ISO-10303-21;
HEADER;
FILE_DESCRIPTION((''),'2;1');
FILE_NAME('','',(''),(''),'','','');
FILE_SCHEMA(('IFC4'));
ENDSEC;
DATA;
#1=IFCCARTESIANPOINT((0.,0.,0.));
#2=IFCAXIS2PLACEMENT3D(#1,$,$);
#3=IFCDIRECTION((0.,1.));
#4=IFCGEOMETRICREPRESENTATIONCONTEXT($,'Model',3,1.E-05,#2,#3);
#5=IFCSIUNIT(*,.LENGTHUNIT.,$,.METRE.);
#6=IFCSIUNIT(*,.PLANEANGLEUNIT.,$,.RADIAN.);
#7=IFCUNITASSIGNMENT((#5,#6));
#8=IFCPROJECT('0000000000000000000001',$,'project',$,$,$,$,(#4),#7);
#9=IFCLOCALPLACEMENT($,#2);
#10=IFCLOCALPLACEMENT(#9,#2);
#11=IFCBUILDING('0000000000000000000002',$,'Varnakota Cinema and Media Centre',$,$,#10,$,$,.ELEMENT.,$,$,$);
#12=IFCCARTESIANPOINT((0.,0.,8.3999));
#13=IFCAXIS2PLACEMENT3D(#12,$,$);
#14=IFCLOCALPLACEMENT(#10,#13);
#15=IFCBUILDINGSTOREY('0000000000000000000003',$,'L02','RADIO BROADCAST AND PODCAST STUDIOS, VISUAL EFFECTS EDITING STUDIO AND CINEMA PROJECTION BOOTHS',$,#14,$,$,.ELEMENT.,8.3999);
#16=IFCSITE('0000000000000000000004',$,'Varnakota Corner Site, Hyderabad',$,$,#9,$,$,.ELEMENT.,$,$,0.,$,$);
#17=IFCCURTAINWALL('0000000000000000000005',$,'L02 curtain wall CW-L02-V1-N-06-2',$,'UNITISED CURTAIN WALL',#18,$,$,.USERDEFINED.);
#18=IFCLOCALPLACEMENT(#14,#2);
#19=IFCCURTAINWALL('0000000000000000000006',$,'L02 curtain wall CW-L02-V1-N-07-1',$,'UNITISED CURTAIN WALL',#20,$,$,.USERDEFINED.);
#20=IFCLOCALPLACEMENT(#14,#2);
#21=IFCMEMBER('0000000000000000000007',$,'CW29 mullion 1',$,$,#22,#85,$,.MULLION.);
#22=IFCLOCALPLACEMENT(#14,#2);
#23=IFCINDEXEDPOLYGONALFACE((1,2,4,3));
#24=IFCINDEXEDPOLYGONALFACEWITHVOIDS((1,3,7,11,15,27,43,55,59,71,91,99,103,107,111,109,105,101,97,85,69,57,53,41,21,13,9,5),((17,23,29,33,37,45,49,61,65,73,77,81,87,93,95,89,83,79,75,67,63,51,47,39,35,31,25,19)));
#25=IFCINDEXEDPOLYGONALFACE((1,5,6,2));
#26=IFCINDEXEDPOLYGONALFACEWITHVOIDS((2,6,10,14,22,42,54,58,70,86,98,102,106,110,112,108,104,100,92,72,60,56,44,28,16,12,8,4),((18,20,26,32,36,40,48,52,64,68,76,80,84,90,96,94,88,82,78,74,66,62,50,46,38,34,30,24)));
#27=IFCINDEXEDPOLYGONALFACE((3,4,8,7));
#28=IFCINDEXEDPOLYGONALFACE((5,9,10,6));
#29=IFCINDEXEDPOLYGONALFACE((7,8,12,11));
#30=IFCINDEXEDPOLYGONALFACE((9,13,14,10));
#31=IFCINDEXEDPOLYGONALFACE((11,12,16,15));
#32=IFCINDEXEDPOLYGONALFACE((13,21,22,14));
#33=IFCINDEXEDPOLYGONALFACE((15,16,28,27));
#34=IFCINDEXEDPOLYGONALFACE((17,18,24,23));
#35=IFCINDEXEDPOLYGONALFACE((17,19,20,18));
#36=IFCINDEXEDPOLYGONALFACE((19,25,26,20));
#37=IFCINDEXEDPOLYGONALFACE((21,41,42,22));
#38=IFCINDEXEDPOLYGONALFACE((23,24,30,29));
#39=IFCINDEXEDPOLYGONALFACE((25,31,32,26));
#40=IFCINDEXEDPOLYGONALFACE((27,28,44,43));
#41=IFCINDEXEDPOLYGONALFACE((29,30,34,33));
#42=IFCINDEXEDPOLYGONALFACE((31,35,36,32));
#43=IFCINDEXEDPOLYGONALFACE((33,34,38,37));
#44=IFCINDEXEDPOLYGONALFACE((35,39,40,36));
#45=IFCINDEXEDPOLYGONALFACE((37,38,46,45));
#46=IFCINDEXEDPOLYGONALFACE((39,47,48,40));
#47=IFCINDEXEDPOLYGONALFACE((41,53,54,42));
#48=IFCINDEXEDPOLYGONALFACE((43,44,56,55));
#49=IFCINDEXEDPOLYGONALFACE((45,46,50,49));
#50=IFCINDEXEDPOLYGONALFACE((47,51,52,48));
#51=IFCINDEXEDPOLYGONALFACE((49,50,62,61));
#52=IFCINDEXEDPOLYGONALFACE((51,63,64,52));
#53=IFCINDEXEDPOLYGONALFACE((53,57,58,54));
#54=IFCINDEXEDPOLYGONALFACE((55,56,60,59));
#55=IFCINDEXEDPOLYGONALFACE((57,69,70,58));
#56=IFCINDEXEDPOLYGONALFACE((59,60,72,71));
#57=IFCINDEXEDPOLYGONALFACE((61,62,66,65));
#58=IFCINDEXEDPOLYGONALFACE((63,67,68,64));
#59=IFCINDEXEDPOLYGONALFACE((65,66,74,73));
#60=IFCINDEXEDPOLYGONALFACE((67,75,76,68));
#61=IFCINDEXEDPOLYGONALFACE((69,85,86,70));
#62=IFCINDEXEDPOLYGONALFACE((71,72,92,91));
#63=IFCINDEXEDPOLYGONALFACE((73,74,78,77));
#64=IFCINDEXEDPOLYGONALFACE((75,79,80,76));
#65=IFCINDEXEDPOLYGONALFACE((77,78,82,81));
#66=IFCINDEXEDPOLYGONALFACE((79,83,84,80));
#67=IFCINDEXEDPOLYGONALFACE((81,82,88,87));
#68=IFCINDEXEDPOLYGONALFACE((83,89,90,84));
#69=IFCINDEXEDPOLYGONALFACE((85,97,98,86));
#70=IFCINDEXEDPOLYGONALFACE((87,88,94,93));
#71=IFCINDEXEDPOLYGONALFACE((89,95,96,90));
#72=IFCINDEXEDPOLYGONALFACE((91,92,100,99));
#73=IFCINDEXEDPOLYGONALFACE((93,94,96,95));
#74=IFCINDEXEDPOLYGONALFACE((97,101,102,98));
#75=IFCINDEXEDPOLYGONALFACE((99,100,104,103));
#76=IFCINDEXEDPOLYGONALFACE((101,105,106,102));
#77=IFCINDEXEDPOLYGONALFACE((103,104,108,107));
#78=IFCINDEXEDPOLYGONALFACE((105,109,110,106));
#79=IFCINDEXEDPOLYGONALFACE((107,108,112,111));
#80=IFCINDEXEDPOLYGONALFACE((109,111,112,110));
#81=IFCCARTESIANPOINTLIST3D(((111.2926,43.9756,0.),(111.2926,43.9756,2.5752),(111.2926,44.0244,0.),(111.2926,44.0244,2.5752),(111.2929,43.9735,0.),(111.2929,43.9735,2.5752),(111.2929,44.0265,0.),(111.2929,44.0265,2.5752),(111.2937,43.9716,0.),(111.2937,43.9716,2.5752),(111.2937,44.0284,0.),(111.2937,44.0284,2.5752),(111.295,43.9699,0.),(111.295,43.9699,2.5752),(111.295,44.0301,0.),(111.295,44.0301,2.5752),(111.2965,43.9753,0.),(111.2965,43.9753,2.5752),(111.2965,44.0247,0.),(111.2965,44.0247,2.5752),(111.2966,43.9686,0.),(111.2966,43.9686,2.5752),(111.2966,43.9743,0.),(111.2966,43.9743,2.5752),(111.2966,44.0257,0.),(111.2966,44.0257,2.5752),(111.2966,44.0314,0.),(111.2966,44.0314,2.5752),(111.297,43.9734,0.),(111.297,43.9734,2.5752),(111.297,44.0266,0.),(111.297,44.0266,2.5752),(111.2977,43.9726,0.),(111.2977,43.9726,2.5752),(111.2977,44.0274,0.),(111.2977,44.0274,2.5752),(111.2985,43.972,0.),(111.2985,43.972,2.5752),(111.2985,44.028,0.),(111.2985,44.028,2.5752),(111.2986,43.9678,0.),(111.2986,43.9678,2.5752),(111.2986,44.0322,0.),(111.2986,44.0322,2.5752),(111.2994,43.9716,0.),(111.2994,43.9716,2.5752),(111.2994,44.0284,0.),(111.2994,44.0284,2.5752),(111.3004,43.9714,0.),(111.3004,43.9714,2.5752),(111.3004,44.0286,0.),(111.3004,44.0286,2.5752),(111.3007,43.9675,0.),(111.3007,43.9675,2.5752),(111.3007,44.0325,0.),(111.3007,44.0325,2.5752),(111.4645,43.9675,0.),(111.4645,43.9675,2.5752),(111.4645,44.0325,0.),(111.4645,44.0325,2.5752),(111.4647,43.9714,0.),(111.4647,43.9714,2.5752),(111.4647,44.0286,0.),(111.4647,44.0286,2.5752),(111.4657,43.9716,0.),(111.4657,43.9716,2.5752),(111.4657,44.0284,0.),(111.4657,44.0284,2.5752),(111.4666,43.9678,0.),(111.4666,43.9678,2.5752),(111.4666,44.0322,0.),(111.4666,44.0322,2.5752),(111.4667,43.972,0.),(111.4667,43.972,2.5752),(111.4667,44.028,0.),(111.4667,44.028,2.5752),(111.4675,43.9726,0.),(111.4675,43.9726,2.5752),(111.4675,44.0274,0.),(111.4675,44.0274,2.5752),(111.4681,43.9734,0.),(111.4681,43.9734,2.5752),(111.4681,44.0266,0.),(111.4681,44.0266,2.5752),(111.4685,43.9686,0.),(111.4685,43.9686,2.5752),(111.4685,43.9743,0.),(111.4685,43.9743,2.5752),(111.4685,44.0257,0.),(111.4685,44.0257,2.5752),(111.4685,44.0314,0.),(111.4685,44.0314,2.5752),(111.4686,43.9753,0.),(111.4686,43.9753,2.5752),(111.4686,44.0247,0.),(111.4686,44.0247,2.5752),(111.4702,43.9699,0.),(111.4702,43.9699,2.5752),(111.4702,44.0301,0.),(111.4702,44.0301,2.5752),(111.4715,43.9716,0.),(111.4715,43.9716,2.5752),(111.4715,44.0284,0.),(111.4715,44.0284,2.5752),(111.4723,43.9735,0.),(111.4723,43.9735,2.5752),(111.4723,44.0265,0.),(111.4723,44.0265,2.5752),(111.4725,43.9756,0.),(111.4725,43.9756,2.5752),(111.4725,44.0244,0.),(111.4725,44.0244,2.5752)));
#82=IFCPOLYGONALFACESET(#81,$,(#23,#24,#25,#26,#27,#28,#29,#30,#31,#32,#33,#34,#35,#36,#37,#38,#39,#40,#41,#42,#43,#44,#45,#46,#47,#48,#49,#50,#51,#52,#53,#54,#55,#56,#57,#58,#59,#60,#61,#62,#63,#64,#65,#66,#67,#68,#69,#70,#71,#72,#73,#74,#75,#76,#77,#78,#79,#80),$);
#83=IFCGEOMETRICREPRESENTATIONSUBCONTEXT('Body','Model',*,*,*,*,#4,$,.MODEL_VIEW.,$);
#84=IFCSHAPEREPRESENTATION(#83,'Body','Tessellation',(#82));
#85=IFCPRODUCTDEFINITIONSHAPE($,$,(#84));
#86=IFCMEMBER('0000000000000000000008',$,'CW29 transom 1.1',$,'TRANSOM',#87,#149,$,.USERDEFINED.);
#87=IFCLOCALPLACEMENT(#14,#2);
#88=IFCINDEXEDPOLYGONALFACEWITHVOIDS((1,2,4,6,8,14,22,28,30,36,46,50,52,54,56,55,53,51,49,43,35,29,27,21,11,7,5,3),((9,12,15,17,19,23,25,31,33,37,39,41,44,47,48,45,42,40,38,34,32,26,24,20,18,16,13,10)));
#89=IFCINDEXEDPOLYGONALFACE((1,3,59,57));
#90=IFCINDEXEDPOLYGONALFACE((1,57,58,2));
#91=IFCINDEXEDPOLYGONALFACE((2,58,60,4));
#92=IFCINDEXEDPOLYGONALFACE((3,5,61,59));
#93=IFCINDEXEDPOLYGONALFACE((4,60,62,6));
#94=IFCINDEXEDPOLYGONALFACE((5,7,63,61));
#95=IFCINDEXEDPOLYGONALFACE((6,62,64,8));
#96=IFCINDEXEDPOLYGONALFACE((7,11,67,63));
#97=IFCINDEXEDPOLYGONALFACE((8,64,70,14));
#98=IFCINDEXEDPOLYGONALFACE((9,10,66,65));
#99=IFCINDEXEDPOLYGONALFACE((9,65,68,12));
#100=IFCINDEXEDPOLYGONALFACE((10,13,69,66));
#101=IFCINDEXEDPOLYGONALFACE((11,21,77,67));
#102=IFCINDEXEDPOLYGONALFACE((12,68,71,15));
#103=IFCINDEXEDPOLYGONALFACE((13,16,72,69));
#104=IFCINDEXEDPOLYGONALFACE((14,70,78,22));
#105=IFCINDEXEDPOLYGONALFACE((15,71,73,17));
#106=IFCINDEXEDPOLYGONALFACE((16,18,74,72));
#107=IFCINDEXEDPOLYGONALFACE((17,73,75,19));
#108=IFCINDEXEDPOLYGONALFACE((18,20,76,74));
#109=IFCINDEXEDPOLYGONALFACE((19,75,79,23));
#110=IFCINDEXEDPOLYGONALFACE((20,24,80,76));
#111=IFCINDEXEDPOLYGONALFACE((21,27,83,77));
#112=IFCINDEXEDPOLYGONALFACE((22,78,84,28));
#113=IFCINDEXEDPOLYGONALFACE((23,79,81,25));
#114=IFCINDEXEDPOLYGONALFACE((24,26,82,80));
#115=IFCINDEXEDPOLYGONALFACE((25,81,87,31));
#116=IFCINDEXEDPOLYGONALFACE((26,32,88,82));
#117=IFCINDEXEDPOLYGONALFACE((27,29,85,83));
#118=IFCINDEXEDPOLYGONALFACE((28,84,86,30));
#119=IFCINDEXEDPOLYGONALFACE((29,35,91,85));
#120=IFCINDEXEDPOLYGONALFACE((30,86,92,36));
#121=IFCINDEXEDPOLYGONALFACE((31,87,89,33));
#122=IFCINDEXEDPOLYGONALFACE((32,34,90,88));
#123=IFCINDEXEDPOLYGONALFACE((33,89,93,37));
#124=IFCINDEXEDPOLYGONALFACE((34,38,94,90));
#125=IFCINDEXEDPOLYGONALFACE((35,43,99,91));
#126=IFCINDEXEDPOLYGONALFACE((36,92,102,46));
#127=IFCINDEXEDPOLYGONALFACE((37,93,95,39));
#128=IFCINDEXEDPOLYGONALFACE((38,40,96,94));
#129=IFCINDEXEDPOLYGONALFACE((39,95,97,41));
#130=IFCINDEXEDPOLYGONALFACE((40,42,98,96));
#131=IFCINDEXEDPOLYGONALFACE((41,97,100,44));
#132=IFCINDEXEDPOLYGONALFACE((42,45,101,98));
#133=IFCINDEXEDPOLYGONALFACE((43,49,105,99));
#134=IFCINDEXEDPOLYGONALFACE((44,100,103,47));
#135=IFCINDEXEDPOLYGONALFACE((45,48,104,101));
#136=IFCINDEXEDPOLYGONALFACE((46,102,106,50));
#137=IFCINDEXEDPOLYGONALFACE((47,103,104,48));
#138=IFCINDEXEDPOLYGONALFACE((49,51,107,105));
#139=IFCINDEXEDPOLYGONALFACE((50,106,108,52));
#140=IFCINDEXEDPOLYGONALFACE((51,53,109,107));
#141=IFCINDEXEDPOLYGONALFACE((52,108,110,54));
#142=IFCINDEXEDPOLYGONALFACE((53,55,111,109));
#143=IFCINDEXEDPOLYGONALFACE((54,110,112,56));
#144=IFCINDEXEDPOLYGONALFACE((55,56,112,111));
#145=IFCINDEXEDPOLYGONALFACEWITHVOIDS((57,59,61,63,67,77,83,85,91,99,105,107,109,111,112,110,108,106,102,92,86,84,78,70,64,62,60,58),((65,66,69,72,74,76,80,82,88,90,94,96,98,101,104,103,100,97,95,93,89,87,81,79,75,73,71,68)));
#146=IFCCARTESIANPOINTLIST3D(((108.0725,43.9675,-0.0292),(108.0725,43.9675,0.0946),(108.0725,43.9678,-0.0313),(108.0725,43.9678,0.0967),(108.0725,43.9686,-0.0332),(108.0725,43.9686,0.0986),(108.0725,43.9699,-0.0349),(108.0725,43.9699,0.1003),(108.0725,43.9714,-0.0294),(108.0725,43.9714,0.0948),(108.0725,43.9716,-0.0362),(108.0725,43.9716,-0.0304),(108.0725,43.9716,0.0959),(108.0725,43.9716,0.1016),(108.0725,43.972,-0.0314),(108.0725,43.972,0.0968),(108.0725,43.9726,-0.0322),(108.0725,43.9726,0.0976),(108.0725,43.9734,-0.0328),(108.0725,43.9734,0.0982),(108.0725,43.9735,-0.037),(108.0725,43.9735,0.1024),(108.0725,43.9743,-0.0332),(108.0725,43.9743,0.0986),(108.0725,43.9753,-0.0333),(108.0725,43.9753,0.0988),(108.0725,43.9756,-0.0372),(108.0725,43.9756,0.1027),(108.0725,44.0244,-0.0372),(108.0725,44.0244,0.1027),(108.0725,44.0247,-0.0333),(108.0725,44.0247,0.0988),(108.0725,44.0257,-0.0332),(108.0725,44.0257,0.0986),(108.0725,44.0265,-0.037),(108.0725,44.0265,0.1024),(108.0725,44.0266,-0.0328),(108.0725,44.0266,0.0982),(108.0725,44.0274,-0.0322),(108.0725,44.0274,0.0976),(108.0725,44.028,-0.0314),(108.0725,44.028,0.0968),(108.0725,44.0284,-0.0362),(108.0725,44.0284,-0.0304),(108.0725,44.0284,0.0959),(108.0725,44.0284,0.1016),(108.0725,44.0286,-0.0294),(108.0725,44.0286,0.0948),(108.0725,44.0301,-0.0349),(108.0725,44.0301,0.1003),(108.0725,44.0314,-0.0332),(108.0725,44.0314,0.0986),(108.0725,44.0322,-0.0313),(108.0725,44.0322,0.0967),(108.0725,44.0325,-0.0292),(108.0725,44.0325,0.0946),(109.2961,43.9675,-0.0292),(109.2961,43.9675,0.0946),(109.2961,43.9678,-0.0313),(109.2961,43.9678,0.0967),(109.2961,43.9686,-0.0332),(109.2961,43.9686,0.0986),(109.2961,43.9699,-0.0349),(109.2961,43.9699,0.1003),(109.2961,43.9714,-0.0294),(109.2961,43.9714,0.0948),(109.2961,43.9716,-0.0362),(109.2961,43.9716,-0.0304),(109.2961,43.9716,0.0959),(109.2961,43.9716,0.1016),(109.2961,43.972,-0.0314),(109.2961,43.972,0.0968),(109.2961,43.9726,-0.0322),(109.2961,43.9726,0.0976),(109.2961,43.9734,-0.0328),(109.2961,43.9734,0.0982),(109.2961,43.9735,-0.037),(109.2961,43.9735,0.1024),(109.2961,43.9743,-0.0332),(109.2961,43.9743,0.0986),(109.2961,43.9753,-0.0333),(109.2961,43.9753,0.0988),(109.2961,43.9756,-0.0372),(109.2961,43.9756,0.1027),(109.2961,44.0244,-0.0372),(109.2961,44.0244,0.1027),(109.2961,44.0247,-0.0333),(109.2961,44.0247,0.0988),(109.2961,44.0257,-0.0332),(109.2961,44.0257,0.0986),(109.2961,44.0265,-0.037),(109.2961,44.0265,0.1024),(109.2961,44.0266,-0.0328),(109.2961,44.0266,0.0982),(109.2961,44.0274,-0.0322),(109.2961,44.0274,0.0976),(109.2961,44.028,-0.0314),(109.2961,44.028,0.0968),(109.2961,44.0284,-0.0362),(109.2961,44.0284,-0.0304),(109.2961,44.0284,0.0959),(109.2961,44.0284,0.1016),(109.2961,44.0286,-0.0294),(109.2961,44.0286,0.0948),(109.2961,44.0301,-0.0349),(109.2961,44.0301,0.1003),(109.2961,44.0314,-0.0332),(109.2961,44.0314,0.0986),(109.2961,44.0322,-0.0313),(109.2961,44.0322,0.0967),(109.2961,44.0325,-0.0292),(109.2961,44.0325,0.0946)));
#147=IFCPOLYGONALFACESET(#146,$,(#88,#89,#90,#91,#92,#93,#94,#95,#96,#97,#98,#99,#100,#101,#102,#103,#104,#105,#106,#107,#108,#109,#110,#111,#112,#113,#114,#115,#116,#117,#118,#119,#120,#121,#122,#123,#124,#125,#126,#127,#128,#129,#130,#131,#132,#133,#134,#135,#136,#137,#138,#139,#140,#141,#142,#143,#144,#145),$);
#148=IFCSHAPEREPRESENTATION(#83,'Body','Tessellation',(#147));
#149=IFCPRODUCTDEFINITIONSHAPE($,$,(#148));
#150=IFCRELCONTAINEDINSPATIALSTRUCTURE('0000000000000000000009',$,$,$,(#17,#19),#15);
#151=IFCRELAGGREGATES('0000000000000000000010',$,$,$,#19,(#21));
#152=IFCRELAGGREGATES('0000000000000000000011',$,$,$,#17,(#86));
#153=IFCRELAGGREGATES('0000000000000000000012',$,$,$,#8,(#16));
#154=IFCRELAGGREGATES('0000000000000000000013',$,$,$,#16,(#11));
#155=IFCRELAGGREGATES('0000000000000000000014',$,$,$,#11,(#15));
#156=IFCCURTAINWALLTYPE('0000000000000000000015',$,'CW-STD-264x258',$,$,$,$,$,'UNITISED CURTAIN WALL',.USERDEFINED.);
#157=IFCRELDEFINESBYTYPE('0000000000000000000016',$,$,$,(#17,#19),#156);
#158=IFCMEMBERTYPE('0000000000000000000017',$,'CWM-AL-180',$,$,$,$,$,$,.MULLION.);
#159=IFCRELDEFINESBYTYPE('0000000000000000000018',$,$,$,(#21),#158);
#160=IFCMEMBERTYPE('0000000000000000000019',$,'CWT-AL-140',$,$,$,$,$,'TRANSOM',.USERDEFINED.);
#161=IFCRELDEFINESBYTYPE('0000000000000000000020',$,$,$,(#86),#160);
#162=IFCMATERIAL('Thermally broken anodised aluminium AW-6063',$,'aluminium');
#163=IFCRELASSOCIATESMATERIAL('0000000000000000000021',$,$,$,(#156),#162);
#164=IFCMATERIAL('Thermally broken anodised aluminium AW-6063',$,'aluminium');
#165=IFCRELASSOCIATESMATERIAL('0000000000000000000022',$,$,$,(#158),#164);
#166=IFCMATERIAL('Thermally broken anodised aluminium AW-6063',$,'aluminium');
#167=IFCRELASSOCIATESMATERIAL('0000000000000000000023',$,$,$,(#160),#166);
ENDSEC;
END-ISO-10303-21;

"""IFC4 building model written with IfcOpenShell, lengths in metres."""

from ifc_helpers import new_model, si_unit, direction, frame, origin, origin_2d, place, context, subcontext, project, spatial, hollow_rectangle, extrude, material, material_profile, profile_set, type_object, element, aggregate, save


model = new_model("IFC4")

# Units and contexts
model_context = context("Model", 3, precision=1e-05, world=origin(), true_north=direction((0.0, 1.0)))
body_context = subcontext(model_context, "Body", "Model", "MODEL_VIEW")
ifc_project = project(units=[si_unit("LENGTHUNIT", "METRE"), si_unit("PLANEANGLEUNIT", "RADIAN")], contexts=[model_context])

# Site, building, storey
site_placement = place(None, origin())
site = spatial("IfcSite", under=ifc_project, at=site_placement, Name="Varnakota Corner Site, Hyderabad", CompositionType="ELEMENT", RefElevation=0.0)
building_placement = place(site_placement, origin())
building = spatial("IfcBuilding", under=site, at=building_placement, Name="Varnakota Cinema and Media Centre", CompositionType="ELEMENT")
storey_placement = place(building_placement, frame((0.0, 0.0, 8.3999)))
storey = spatial("IfcBuildingStorey", under=building, at=storey_placement, Name="L02", Description="RADIO BROADCAST AND PODCAST STUDIOS, VISUAL EFFECTS EDITING STUDIO AND CINEMA PROJECTION BOOTHS", CompositionType="ELEMENT", Elevation=8.3999)

# Shared definitions
ifc_material_1 = material(Name="Thermally broken anodised aluminium AW-6063", Category="aluminium")
curtain_wall_type = type_object("IfcCurtainWallType", Name="CW-STD-264x258", ElementType="UNITISED CURTAIN WALL", PredefinedType="USERDEFINED", material=ifc_material_1)
ifc_material_2 = material(Name="Thermally broken anodised aluminium AW-6063", Category="aluminium")
ifc_material_profile_1 = material_profile(ifc_material_2, hollow_rectangle(XDim=0.0649, YDim=0.1799, WallThickness=0.0039, InnerFilletRadius=0.0039, OuterFilletRadius=0.0081, at=origin_2d()), Name="AL-MULLION 180x65x4")
ifc_profile_set_1 = profile_set([ifc_material_profile_1], Name="Thermally broken anodised aluminium AW-6063")
member_type_1 = type_object("IfcMemberType", Name="CWM-AL-180", PredefinedType="MULLION", material=ifc_profile_set_1)

# Curtain wall
curtain_wall_1_placement = place(storey_placement, origin())
curtain_wall_1 = element("IfcCurtainWall", 1, at=curtain_wall_1_placement, inside=storey, type_object=curtain_wall_type, Name="L02 curtain wall CW-L02-V1-N-06-2", ObjectType="UNITISED CURTAIN WALL", PredefinedType="USERDEFINED")

# Curtain wall, member
curtain_wall_2_placement = place(storey_placement, origin())
curtain_wall_2 = element("IfcCurtainWall", 2, at=curtain_wall_2_placement, inside=storey, type_object=curtain_wall_type, Name="L02 curtain wall CW-L02-V1-N-07-1", ObjectType="UNITISED CURTAIN WALL", PredefinedType="USERDEFINED")
member_1_placement = place(storey_placement, frame((111.3826, 44.0, 0.0), z_axis=(0.0, 0.0, 1.0), x_axis=(0.0, 1.0, 0.0)))
member_1 = element("IfcMember", 3, at=member_1_placement, type_object=member_type_1, Name="CW29 mullion 1", PredefinedType="MULLION", context=body_context, shape_type="SweptSolid", body=[
    extrude(hollow_rectangle(XDim=0.0649, YDim=0.1799, WallThickness=0.0039, InnerFilletRadius=0.0039, OuterFilletRadius=0.0081, at=origin_2d()), origin(), (0.0, 0.0, 1.0), 2.5752),
])

# Member
ifc_material_3 = material(Name="Thermally broken anodised aluminium AW-6063", Category="aluminium")
ifc_material_profile_2 = material_profile(ifc_material_3, hollow_rectangle(XDim=0.0649, YDim=0.1399, WallThickness=0.0039, InnerFilletRadius=0.0039, OuterFilletRadius=0.0081, at=origin_2d()), Name="AL-TRANSOM 140x65x4")
ifc_profile_set_2 = profile_set([ifc_material_profile_2], Name="Thermally broken anodised aluminium AW-6063")
member_type_2 = type_object("IfcMemberType", Name="CWT-AL-140", ElementType="TRANSOM", PredefinedType="USERDEFINED", material=ifc_profile_set_2)
member_2_placement = place(storey_placement, frame((108.0725, 44.0, 0.0327), z_axis=(1.0, 0.0, 0.0), x_axis=(0.0, 1.0, 0.0)))
member_2 = element("IfcMember", 4, at=member_2_placement, type_object=member_type_2, Name="CW29 transom 1.1", ObjectType="TRANSOM", PredefinedType="USERDEFINED", context=body_context, shape_type="SweptSolid", body=[
    extrude(hollow_rectangle(XDim=0.0649, YDim=0.1399, WallThickness=0.0039, InnerFilletRadius=0.0039, OuterFilletRadius=0.0081, at=origin_2d()), origin(), (0.0, 0.0, 1.0), 1.2236),
])
aggregate(curtain_wall_2, [member_1])

aggregate(curtain_wall_1, [member_2])

save(model, "model.ifc")
